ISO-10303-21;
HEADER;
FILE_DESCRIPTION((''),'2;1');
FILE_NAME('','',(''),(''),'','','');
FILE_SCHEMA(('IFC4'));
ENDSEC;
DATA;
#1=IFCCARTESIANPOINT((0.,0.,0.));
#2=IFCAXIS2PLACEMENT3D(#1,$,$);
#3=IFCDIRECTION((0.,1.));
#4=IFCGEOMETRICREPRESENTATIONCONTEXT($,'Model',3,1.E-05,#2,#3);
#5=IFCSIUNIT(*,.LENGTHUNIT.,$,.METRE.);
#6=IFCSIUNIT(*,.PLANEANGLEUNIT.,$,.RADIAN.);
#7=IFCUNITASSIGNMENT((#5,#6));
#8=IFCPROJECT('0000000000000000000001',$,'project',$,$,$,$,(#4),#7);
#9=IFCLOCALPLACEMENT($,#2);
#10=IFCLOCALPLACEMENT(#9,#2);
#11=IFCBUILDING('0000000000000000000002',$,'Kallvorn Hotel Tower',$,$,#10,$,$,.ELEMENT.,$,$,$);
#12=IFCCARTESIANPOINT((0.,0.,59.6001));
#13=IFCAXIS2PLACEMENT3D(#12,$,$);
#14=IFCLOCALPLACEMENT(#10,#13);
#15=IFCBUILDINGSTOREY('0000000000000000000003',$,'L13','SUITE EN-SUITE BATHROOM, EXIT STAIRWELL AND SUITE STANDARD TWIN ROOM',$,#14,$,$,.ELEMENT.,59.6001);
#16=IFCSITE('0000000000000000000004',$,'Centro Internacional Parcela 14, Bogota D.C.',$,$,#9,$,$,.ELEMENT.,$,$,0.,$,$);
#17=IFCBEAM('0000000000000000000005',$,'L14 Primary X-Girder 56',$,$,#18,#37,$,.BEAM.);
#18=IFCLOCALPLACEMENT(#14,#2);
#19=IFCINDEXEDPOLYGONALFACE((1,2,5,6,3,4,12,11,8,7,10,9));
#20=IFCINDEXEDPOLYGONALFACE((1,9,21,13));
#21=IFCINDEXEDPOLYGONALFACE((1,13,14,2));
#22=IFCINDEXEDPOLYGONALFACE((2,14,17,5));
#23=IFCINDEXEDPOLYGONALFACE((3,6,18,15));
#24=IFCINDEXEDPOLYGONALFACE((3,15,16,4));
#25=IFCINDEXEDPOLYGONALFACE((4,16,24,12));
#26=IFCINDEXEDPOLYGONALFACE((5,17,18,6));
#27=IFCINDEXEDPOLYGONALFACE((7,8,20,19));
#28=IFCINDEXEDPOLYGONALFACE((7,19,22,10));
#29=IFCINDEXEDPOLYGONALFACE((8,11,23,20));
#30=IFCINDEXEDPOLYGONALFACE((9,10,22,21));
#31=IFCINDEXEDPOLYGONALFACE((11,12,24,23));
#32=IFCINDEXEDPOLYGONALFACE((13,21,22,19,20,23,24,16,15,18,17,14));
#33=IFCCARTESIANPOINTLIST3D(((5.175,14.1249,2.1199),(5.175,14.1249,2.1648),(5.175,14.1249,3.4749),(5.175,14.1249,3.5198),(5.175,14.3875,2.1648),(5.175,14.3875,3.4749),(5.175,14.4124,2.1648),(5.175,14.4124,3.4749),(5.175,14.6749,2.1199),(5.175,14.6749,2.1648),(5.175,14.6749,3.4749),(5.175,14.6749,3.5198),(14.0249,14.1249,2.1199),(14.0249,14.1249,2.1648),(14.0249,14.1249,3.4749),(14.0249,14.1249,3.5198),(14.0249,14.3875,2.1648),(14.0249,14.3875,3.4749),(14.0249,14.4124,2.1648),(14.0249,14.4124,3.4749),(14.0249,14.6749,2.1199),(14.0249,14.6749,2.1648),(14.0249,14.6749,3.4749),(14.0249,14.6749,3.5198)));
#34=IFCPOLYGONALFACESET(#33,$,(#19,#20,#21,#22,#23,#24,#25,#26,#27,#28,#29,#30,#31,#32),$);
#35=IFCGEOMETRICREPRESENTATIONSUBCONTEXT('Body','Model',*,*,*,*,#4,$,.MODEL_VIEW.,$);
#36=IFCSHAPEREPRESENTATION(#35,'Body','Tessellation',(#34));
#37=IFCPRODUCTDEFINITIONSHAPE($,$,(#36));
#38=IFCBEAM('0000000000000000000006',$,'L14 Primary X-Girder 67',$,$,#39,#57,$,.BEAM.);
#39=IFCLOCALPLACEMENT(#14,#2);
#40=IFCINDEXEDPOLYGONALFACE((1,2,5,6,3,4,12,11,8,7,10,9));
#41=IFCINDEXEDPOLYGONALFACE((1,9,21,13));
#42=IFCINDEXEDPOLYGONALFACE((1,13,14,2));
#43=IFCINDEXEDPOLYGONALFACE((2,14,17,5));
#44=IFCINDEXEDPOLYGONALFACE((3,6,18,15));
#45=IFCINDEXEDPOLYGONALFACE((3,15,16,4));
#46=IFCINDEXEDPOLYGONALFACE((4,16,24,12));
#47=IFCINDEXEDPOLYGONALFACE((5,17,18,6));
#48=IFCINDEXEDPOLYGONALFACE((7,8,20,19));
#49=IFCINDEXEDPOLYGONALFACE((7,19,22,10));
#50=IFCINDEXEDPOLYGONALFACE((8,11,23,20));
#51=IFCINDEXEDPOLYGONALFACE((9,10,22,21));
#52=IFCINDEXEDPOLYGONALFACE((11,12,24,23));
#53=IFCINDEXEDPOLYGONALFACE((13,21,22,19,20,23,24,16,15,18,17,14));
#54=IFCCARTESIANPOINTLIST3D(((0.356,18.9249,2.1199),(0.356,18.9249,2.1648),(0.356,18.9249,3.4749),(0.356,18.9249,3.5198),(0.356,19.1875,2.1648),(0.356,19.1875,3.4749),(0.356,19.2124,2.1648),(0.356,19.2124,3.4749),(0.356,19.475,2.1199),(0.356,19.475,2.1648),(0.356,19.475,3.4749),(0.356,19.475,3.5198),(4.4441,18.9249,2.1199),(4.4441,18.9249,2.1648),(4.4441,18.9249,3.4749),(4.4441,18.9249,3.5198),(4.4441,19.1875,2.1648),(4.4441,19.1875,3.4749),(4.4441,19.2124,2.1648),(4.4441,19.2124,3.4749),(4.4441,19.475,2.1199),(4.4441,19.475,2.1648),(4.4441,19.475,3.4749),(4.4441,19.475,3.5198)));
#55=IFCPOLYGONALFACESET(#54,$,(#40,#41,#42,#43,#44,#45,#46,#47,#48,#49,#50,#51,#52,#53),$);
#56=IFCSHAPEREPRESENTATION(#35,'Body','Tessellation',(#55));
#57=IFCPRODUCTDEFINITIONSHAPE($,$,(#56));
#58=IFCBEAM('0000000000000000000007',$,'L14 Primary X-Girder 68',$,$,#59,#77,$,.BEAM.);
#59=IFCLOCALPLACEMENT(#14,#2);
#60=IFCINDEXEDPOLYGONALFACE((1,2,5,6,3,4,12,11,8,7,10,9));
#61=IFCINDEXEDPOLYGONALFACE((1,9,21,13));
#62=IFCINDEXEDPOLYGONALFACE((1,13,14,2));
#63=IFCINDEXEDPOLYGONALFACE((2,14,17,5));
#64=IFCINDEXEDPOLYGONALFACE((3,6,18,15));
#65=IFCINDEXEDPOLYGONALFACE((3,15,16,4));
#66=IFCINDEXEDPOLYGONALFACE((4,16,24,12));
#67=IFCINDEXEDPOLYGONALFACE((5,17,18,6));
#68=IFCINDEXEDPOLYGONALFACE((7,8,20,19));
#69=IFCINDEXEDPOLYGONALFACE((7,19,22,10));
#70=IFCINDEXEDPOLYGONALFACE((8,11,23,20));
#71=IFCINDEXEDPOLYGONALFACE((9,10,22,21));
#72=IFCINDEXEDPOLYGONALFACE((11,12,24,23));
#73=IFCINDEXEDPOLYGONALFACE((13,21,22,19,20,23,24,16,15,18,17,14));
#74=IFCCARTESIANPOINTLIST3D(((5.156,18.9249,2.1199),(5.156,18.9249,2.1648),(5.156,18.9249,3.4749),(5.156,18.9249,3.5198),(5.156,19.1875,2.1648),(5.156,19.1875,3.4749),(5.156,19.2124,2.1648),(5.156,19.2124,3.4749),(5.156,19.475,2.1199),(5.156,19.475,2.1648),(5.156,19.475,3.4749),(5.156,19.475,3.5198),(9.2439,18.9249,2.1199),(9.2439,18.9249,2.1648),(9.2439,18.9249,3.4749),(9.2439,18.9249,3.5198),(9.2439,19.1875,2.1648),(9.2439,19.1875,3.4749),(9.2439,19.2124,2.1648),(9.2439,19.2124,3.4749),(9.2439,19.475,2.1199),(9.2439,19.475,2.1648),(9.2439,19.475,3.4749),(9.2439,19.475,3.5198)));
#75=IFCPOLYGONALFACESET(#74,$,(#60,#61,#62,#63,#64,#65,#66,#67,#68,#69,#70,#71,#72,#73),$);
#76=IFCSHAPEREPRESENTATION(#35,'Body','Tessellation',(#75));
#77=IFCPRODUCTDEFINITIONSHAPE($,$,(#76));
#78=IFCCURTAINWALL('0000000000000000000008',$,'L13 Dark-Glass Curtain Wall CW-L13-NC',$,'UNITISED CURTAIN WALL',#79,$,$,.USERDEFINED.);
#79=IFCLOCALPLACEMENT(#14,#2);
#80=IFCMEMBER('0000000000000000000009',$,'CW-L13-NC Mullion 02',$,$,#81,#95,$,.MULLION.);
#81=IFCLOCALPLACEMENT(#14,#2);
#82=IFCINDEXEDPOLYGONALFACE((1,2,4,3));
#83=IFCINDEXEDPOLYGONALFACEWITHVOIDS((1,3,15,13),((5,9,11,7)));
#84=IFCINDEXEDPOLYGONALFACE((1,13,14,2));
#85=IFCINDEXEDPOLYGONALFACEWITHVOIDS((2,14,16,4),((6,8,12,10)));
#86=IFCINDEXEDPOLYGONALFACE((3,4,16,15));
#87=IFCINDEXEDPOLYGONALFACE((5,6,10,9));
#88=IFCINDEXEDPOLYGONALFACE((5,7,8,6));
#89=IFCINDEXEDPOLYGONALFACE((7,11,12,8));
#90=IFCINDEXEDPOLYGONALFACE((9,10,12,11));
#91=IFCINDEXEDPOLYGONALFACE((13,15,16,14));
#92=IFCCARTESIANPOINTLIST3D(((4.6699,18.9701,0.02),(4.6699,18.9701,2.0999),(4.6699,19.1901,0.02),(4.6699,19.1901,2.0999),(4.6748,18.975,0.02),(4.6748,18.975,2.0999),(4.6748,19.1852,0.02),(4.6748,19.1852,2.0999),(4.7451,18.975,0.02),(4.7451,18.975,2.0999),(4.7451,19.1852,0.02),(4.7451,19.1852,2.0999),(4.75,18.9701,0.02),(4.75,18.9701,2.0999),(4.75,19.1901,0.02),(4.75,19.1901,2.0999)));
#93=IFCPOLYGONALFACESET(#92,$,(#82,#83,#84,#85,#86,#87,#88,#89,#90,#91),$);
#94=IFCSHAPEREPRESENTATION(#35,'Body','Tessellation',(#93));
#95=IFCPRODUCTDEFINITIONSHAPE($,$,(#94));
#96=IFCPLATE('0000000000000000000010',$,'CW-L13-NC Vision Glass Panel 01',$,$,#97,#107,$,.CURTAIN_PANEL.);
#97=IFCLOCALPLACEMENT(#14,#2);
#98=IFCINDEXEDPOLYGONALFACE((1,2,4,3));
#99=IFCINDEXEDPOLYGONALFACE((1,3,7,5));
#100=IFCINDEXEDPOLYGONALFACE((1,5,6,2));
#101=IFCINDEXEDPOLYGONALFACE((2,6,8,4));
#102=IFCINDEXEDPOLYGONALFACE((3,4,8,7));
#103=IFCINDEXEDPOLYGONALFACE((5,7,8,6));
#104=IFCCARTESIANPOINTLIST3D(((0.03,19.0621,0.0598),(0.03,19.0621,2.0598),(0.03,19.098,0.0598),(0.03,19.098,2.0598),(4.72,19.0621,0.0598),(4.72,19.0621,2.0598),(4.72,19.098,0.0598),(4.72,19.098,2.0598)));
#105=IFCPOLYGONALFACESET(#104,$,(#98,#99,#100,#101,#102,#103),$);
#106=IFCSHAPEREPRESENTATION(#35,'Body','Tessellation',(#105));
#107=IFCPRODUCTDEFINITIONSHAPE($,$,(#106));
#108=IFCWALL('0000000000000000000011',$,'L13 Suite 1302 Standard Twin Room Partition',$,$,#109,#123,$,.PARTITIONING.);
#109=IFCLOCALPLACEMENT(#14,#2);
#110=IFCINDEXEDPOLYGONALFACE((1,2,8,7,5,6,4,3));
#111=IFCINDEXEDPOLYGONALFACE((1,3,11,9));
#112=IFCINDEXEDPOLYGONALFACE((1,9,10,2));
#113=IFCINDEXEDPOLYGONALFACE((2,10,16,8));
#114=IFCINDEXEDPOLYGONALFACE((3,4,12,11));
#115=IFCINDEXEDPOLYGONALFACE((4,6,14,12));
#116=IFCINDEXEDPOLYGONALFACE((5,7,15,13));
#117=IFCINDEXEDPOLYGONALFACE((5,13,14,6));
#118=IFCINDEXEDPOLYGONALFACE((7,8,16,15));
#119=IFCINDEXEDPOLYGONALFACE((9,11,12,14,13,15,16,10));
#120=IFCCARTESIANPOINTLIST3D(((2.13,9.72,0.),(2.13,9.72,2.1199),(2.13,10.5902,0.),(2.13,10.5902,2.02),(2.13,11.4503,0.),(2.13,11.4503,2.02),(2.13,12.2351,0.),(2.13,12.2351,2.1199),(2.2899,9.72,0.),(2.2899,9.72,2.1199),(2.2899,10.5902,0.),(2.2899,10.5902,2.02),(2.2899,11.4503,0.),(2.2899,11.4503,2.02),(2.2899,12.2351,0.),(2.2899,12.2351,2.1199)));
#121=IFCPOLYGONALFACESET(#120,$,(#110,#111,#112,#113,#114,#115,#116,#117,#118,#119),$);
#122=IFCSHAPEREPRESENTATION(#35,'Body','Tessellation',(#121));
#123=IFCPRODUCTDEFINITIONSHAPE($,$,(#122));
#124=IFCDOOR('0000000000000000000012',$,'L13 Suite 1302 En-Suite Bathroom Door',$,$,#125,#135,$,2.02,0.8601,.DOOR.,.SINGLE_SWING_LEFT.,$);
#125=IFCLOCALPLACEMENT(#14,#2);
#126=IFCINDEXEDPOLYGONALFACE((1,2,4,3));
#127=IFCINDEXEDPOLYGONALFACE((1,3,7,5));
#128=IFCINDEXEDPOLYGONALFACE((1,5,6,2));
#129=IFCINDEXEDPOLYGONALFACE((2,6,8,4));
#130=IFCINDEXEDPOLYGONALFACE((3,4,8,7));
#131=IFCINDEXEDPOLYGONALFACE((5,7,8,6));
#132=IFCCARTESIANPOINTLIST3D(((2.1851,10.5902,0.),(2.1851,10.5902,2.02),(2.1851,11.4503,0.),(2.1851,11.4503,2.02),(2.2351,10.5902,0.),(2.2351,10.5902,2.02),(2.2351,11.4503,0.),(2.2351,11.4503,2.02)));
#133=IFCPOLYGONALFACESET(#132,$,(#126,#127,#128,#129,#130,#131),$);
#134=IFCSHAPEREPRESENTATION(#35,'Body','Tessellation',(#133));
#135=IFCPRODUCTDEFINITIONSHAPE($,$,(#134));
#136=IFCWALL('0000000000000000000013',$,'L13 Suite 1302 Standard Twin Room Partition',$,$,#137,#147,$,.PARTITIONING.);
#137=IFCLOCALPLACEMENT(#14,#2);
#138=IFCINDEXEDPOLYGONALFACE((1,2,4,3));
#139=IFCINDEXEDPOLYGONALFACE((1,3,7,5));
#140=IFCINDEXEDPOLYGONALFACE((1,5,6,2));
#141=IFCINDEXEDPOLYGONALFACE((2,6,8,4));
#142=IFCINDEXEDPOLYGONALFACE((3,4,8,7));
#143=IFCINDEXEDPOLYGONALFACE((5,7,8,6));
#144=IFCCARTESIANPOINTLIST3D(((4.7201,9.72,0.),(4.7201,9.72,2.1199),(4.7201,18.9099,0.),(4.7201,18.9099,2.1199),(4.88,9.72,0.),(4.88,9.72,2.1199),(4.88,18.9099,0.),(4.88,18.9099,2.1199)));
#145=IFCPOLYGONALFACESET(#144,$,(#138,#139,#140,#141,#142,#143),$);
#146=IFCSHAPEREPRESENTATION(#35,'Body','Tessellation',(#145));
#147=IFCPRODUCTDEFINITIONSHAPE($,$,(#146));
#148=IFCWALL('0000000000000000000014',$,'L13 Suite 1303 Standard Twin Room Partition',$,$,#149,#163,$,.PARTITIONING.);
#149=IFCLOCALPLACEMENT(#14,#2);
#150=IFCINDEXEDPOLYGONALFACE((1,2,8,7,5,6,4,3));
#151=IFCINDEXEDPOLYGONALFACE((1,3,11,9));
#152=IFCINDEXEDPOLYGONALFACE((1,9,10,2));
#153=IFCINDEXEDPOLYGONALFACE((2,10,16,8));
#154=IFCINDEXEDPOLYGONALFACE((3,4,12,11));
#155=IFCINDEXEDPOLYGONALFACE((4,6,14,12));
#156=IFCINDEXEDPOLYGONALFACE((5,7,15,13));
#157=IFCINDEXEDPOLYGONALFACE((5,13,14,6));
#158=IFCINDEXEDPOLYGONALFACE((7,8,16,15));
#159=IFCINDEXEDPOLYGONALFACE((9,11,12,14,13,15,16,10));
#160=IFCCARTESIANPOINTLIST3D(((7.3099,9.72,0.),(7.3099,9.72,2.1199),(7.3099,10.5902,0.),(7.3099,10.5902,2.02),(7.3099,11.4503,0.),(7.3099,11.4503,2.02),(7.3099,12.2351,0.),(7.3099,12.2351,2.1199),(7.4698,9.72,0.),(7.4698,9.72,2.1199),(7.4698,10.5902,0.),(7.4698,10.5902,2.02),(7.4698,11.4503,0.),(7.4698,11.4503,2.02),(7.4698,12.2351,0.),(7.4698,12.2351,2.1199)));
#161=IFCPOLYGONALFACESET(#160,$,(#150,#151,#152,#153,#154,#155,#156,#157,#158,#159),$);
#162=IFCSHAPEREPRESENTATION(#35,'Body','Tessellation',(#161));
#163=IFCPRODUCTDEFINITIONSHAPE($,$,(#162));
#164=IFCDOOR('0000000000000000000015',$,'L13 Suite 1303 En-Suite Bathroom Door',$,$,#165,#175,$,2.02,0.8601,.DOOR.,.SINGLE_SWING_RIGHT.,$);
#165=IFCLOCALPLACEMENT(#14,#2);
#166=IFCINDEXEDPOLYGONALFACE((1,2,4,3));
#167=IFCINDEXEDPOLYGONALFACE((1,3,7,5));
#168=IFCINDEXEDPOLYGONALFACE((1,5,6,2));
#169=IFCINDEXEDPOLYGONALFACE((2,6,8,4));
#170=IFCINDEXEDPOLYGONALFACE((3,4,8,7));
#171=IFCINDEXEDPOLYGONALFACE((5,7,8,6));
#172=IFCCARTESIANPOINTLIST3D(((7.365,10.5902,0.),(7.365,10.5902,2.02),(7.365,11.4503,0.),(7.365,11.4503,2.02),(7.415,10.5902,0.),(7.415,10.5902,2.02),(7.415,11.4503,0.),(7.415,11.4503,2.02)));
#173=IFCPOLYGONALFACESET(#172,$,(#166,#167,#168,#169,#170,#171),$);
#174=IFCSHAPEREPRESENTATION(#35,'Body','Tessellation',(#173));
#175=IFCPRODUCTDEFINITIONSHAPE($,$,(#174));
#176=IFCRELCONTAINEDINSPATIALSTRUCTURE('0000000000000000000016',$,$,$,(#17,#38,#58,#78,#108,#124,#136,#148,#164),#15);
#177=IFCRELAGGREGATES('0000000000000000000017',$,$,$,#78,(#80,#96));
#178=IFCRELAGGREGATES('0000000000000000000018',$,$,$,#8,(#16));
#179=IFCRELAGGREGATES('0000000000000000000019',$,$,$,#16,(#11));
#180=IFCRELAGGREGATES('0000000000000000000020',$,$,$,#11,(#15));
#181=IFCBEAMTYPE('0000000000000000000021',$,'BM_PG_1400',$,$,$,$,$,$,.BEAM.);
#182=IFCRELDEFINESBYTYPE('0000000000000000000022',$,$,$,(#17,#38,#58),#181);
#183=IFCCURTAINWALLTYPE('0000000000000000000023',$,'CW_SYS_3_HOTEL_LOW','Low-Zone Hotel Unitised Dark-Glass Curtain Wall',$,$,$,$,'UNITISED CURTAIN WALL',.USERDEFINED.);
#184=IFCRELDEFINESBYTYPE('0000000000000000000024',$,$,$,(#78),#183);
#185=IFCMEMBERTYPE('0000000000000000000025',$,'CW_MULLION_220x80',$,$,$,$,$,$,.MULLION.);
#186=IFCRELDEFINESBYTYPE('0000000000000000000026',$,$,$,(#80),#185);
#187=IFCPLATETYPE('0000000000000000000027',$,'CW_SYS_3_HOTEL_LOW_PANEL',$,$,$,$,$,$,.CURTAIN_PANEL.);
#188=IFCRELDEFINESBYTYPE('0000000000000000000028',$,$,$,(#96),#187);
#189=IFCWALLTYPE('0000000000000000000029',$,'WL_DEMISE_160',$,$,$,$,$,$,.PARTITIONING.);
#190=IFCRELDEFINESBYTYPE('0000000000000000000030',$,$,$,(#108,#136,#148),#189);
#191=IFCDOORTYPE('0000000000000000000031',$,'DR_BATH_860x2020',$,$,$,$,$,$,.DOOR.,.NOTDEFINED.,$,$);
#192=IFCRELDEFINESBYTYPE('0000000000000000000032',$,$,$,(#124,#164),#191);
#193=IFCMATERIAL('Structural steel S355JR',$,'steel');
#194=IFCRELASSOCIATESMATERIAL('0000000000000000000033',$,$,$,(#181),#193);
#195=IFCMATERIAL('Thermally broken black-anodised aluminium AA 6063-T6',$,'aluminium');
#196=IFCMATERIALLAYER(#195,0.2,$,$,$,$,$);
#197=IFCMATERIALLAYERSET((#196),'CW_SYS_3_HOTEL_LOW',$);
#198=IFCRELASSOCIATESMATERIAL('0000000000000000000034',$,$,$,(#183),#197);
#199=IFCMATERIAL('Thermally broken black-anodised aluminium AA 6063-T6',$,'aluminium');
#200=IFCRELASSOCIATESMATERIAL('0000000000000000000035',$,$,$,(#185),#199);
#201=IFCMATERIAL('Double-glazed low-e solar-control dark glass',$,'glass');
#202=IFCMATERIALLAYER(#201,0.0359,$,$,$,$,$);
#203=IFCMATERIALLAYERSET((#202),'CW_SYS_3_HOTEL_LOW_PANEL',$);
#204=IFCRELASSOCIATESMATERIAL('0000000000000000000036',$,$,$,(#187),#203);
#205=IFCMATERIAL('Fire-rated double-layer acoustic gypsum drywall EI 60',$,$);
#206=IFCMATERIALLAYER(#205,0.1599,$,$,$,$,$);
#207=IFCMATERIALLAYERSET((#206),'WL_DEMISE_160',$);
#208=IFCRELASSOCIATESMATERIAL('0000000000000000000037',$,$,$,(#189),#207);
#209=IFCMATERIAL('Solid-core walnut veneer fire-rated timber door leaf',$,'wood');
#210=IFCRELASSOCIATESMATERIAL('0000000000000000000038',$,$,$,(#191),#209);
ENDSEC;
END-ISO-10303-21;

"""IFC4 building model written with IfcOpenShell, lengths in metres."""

from ifc_helpers import new_model, si_unit, direction, frame, frame_2d, origin, origin_2d, place, context, subcontext, project, spatial, rectangle, hollow_rectangle, i_section, extrude, material, layer, layer_set, material_profile, profile_set, type_object, element, fill, aggregate, save


model = new_model("IFC4")

# Units and contexts
model_context = context("Model", 3, precision=1e-05, world=origin(), true_north=direction((0.0, 1.0)))
body_context = subcontext(model_context, "Body", "Model", "MODEL_VIEW")
ifc_project = project(units=[si_unit("LENGTHUNIT", "METRE"), si_unit("PLANEANGLEUNIT", "RADIAN")], contexts=[model_context])

# Site, building, storey
site_placement = place(None, origin())
site = spatial("IfcSite", under=ifc_project, at=site_placement, Name="Centro Internacional Parcela 14, Bogota D.C.", CompositionType="ELEMENT", RefElevation=0.0)
building_placement = place(site_placement, origin())
building = spatial("IfcBuilding", under=site, at=building_placement, Name="Kallvorn Hotel Tower", CompositionType="ELEMENT")
storey_placement = place(building_placement, frame((0.0, 0.0, 59.6001)))
storey = spatial("IfcBuildingStorey", under=building, at=storey_placement, Name="L13", Description="SUITE EN-SUITE BATHROOM, EXIT STAIRWELL AND SUITE STANDARD TWIN ROOM", CompositionType="ELEMENT", Elevation=59.6001)

# Beams
ifc_material_1 = material(Name="Structural steel S355JR", Category="steel")
ifc_material_profile_1 = material_profile(ifc_material_1, i_section(OverallWidth=0.55, OverallDepth=1.3999, WebThickness=0.0249, FlangeThickness=0.0449, at=origin_2d()), Name="PG 1400x550x25x45")
ifc_profile_set_1 = profile_set([ifc_material_profile_1], Name="Structural steel S355JR")
beam_type_1 = type_object("IfcBeamType", Name="BM_PG_1400", PredefinedType="BEAM", material=ifc_profile_set_1)
beam_1_placement = place(storey_placement, frame((5.175, 14.3999, 2.8198), z_axis=(1.0, 0.0, 0.0), x_axis=(0.0, 1.0, 0.0)))
element("IfcBeam", 1, at=beam_1_placement, inside=storey, type_object=beam_type_1, Name="L14 Primary X-Girder 56", PredefinedType="BEAM", context=body_context, shape_type="SweptSolid", body=[
    extrude(i_section(OverallWidth=0.55, OverallDepth=1.3999, WebThickness=0.0249, FlangeThickness=0.0449, at=origin_2d()), origin(), (0.0, 0.0, 1.0), 8.8499),
])
beam_2_placement = place(storey_placement, frame((0.356, 19.2, 2.8198), z_axis=(1.0, 0.0, 0.0), x_axis=(0.0, 1.0, 0.0)))
element("IfcBeam", 2, at=beam_2_placement, inside=storey, type_object=beam_type_1, Name="L14 Primary X-Girder 67", PredefinedType="BEAM", context=body_context, shape_type="SweptSolid", body=[
    extrude(i_section(OverallWidth=0.55, OverallDepth=1.3999, WebThickness=0.0249, FlangeThickness=0.0449, at=origin_2d()), origin(), (0.0, 0.0, 1.0), 4.0881),
])
beam_3_placement = place(storey_placement, frame((5.156, 19.2, 2.8198), z_axis=(1.0, 0.0, 0.0), x_axis=(0.0, 1.0, 0.0)))
element("IfcBeam", 3, at=beam_3_placement, inside=storey, type_object=beam_type_1, Name="L14 Primary X-Girder 68", PredefinedType="BEAM", context=body_context, shape_type="SweptSolid", body=[
    extrude(i_section(OverallWidth=0.55, OverallDepth=1.3999, WebThickness=0.0249, FlangeThickness=0.0449, at=origin_2d()), origin(), (0.0, 0.0, 1.0), 4.0879),
])

# Curtain wall, member, plate
ifc_material_2 = material(Name="Thermally broken black-anodised aluminium AA 6063-T6", Category="aluminium")
ifc_layer_1 = layer(ifc_material_2, 0.2)
ifc_layer_set_1 = layer_set([ifc_layer_1], Name="CW_SYS_3_HOTEL_LOW")
curtain_wall_type = type_object("IfcCurtainWallType", Name="CW_SYS_3_HOTEL_LOW", Description="Low-Zone Hotel Unitised Dark-Glass Curtain Wall", ElementType="UNITISED CURTAIN WALL", PredefinedType="USERDEFINED", material=ifc_layer_set_1)
curtain_wall_placement = place(storey_placement, origin())
curtain_wall = element("IfcCurtainWall", 4, at=curtain_wall_placement, inside=storey, type_object=curtain_wall_type, Name="L13 Dark-Glass Curtain Wall CW-L13-NC", ObjectType="UNITISED CURTAIN WALL", PredefinedType="USERDEFINED")
ifc_material_3 = material(Name="Thermally broken black-anodised aluminium AA 6063-T6", Category="aluminium")
ifc_material_profile_2 = material_profile(ifc_material_3, hollow_rectangle(XDim=0.0801, YDim=0.22, WallThickness=0.0049, at=origin_2d()), Name="MUL 220x80")
ifc_profile_set_2 = profile_set([ifc_material_profile_2], Name="Thermally broken black-anodised aluminium AA 6063-T6")
member_type = type_object("IfcMemberType", Name="CW_MULLION_220x80", PredefinedType="MULLION", material=ifc_profile_set_2)
member_placement = place(storey_placement, frame((4.71, 19.0801, 0.02), z_axis=(0.0, 0.0, 1.0), x_axis=(1.0, 0.0, 0.0)))
member = element("IfcMember", 5, at=member_placement, type_object=member_type, Name="CW-L13-NC Mullion 02", PredefinedType="MULLION", context=body_context, shape_type="SweptSolid", body=[
    extrude(hollow_rectangle(XDim=0.0801, YDim=0.22, WallThickness=0.0049, at=origin_2d()), origin(), (0.0, 0.0, 1.0), 2.0798),
])
ifc_material_4 = material(Name="Double-glazed low-e solar-control dark glass", Category="glass")
ifc_layer_2 = layer(ifc_material_4, 0.0359)
ifc_layer_set_2 = layer_set([ifc_layer_2], Name="CW_SYS_3_HOTEL_LOW_PANEL")
plate_type = type_object("IfcPlateType", Name="CW_SYS_3_HOTEL_LOW_PANEL", PredefinedType="CURTAIN_PANEL", material=ifc_layer_set_2)
plate_placement = place(storey_placement, frame((2.375, 19.0801, 0.0598), z_axis=(0.0, 0.0, 1.0), x_axis=(1.0, 0.0, 0.0)))
plate = element("IfcPlate", 6, at=plate_placement, type_object=plate_type, Name="CW-L13-NC Vision Glass Panel 01", PredefinedType="CURTAIN_PANEL", context=body_context, shape_type="SweptSolid", body=[
    extrude(rectangle(XDim=4.6899, YDim=0.0359, at=origin_2d()), origin(), (0.0, 0.0, 1.0), 2.0),
])
aggregate(curtain_wall, [member, plate])

# Wall, opening, door
ifc_material_5 = material(Name="Fire-rated double-layer acoustic gypsum drywall EI 60")
ifc_layer_3 = layer(ifc_material_5, 0.1599)
ifc_layer_set_3 = layer_set([ifc_layer_3], Name="WL_DEMISE_160")
wall_type_1 = type_object("IfcWallType", Name="WL_DEMISE_160", PredefinedType="PARTITIONING", material=ifc_layer_set_3)
wall_1_placement = place(storey_placement, frame((2.21, 9.72, 0.0), z_axis=(0.0, 0.0, 1.0), x_axis=(0.0, 1.0, 0.0)))
wall_1 = element("IfcWall", 7, at=wall_1_placement, inside=storey, type_object=wall_type_1, Name="L13 Suite 1302 Standard Twin Room Partition", PredefinedType="PARTITIONING", context=body_context, shape_type="SweptSolid", body=[
    extrude(rectangle(XDim=2.5151, YDim=0.1599, at=frame_2d((1.2576, 0.0))), origin(), (0.0, 0.0, 1.0), 2.1199),
])
opening_1_placement = place(wall_1_placement, frame((0.8701, 0.0, 0.0)))
opening_1 = element("IfcOpeningElement", 8, at=opening_1_placement, cuts=wall_1, PredefinedType="OPENING", context=body_context, shape_type="SweptSolid", body=[
    extrude(rectangle(XDim=0.8601, YDim=2.02, at=frame_2d((0.4302, 1.01))), frame((0.0, 0.095, 0.0), z_axis=(0.0, -1.0, 0.0), x_axis=(1.0, 0.0, 0.0)), (0.0, 0.0, 1.0), 0.1899),
])
ifc_material_6 = material(Name="Solid-core walnut veneer fire-rated timber door leaf", Category="wood")
door_type = type_object("IfcDoorType", Name="DR_BATH_860x2020", OperationType="NOTDEFINED", PredefinedType="DOOR", material=ifc_material_6)
door_1_placement = place(opening_1_placement, origin())
door_1 = element("IfcDoor", 9, at=door_1_placement, inside=storey, type_object=door_type, Name="L13 Suite 1302 En-Suite Bathroom Door", OperationType="SINGLE_SWING_LEFT", OverallHeight=2.02, OverallWidth=0.8601, PredefinedType="DOOR", context=body_context, shape_type="SweptSolid", body=[
    extrude(rectangle(XDim=0.8601, YDim=2.02, at=frame_2d((0.4302, 1.01))), frame((0.0, 0.0249, 0.0), z_axis=(0.0, -1.0, 0.0), x_axis=(1.0, 0.0, 0.0)), (0.0, 0.0, 1.0), 0.05),
])
fill(opening_1, door_1)

# Wall
wall_2_placement = place(storey_placement, frame((4.8, 9.72, 0.0), z_axis=(0.0, 0.0, 1.0), x_axis=(0.0, 1.0, 0.0)))
element("IfcWall", 10, at=wall_2_placement, inside=storey, type_object=wall_type_1, Name="L13 Suite 1302 Standard Twin Room Partition", PredefinedType="PARTITIONING", context=body_context, shape_type="SweptSolid", body=[
    extrude(rectangle(XDim=9.1899, YDim=0.1599, at=frame_2d((4.595, 0.0))), origin(), (0.0, 0.0, 1.0), 2.1199),
])

# Wall, opening, door
wall_3_placement = place(storey_placement, frame((7.3899, 9.72, 0.0), z_axis=(0.0, 0.0, 1.0), x_axis=(0.0, 1.0, 0.0)))
wall_3 = element("IfcWall", 11, at=wall_3_placement, inside=storey, type_object=wall_type_1, Name="L13 Suite 1303 Standard Twin Room Partition", PredefinedType="PARTITIONING", context=body_context, shape_type="SweptSolid", body=[
    extrude(rectangle(XDim=2.5151, YDim=0.1599, at=frame_2d((1.2576, 0.0))), origin(), (0.0, 0.0, 1.0), 2.1199),
])
opening_2_placement = place(wall_3_placement, frame((0.8701, 0.0, 0.0)))
opening_2 = element("IfcOpeningElement", 12, at=opening_2_placement, cuts=wall_3, PredefinedType="OPENING", context=body_context, shape_type="SweptSolid", body=[
    extrude(rectangle(XDim=0.8601, YDim=2.02, at=frame_2d((0.4302, 1.01))), frame((0.0, 0.095, 0.0), z_axis=(0.0, -1.0, 0.0), x_axis=(1.0, 0.0, 0.0)), (0.0, 0.0, 1.0), 0.1899),
])
door_2_placement = place(opening_2_placement, origin())
door_2 = element("IfcDoor", 13, at=door_2_placement, inside=storey, type_object=door_type, Name="L13 Suite 1303 En-Suite Bathroom Door", OperationType="SINGLE_SWING_RIGHT", OverallHeight=2.02, OverallWidth=0.8601, PredefinedType="DOOR", context=body_context, shape_type="SweptSolid", body=[
    extrude(rectangle(XDim=0.8601, YDim=2.02, at=frame_2d((0.4302, 1.01))), frame((0.0, 0.0249, 0.0), z_axis=(0.0, -1.0, 0.0), x_axis=(1.0, 0.0, 0.0)), (0.0, 0.0, 1.0), 0.05),
])
fill(opening_2, door_2)

save(model, "model.ifc")
